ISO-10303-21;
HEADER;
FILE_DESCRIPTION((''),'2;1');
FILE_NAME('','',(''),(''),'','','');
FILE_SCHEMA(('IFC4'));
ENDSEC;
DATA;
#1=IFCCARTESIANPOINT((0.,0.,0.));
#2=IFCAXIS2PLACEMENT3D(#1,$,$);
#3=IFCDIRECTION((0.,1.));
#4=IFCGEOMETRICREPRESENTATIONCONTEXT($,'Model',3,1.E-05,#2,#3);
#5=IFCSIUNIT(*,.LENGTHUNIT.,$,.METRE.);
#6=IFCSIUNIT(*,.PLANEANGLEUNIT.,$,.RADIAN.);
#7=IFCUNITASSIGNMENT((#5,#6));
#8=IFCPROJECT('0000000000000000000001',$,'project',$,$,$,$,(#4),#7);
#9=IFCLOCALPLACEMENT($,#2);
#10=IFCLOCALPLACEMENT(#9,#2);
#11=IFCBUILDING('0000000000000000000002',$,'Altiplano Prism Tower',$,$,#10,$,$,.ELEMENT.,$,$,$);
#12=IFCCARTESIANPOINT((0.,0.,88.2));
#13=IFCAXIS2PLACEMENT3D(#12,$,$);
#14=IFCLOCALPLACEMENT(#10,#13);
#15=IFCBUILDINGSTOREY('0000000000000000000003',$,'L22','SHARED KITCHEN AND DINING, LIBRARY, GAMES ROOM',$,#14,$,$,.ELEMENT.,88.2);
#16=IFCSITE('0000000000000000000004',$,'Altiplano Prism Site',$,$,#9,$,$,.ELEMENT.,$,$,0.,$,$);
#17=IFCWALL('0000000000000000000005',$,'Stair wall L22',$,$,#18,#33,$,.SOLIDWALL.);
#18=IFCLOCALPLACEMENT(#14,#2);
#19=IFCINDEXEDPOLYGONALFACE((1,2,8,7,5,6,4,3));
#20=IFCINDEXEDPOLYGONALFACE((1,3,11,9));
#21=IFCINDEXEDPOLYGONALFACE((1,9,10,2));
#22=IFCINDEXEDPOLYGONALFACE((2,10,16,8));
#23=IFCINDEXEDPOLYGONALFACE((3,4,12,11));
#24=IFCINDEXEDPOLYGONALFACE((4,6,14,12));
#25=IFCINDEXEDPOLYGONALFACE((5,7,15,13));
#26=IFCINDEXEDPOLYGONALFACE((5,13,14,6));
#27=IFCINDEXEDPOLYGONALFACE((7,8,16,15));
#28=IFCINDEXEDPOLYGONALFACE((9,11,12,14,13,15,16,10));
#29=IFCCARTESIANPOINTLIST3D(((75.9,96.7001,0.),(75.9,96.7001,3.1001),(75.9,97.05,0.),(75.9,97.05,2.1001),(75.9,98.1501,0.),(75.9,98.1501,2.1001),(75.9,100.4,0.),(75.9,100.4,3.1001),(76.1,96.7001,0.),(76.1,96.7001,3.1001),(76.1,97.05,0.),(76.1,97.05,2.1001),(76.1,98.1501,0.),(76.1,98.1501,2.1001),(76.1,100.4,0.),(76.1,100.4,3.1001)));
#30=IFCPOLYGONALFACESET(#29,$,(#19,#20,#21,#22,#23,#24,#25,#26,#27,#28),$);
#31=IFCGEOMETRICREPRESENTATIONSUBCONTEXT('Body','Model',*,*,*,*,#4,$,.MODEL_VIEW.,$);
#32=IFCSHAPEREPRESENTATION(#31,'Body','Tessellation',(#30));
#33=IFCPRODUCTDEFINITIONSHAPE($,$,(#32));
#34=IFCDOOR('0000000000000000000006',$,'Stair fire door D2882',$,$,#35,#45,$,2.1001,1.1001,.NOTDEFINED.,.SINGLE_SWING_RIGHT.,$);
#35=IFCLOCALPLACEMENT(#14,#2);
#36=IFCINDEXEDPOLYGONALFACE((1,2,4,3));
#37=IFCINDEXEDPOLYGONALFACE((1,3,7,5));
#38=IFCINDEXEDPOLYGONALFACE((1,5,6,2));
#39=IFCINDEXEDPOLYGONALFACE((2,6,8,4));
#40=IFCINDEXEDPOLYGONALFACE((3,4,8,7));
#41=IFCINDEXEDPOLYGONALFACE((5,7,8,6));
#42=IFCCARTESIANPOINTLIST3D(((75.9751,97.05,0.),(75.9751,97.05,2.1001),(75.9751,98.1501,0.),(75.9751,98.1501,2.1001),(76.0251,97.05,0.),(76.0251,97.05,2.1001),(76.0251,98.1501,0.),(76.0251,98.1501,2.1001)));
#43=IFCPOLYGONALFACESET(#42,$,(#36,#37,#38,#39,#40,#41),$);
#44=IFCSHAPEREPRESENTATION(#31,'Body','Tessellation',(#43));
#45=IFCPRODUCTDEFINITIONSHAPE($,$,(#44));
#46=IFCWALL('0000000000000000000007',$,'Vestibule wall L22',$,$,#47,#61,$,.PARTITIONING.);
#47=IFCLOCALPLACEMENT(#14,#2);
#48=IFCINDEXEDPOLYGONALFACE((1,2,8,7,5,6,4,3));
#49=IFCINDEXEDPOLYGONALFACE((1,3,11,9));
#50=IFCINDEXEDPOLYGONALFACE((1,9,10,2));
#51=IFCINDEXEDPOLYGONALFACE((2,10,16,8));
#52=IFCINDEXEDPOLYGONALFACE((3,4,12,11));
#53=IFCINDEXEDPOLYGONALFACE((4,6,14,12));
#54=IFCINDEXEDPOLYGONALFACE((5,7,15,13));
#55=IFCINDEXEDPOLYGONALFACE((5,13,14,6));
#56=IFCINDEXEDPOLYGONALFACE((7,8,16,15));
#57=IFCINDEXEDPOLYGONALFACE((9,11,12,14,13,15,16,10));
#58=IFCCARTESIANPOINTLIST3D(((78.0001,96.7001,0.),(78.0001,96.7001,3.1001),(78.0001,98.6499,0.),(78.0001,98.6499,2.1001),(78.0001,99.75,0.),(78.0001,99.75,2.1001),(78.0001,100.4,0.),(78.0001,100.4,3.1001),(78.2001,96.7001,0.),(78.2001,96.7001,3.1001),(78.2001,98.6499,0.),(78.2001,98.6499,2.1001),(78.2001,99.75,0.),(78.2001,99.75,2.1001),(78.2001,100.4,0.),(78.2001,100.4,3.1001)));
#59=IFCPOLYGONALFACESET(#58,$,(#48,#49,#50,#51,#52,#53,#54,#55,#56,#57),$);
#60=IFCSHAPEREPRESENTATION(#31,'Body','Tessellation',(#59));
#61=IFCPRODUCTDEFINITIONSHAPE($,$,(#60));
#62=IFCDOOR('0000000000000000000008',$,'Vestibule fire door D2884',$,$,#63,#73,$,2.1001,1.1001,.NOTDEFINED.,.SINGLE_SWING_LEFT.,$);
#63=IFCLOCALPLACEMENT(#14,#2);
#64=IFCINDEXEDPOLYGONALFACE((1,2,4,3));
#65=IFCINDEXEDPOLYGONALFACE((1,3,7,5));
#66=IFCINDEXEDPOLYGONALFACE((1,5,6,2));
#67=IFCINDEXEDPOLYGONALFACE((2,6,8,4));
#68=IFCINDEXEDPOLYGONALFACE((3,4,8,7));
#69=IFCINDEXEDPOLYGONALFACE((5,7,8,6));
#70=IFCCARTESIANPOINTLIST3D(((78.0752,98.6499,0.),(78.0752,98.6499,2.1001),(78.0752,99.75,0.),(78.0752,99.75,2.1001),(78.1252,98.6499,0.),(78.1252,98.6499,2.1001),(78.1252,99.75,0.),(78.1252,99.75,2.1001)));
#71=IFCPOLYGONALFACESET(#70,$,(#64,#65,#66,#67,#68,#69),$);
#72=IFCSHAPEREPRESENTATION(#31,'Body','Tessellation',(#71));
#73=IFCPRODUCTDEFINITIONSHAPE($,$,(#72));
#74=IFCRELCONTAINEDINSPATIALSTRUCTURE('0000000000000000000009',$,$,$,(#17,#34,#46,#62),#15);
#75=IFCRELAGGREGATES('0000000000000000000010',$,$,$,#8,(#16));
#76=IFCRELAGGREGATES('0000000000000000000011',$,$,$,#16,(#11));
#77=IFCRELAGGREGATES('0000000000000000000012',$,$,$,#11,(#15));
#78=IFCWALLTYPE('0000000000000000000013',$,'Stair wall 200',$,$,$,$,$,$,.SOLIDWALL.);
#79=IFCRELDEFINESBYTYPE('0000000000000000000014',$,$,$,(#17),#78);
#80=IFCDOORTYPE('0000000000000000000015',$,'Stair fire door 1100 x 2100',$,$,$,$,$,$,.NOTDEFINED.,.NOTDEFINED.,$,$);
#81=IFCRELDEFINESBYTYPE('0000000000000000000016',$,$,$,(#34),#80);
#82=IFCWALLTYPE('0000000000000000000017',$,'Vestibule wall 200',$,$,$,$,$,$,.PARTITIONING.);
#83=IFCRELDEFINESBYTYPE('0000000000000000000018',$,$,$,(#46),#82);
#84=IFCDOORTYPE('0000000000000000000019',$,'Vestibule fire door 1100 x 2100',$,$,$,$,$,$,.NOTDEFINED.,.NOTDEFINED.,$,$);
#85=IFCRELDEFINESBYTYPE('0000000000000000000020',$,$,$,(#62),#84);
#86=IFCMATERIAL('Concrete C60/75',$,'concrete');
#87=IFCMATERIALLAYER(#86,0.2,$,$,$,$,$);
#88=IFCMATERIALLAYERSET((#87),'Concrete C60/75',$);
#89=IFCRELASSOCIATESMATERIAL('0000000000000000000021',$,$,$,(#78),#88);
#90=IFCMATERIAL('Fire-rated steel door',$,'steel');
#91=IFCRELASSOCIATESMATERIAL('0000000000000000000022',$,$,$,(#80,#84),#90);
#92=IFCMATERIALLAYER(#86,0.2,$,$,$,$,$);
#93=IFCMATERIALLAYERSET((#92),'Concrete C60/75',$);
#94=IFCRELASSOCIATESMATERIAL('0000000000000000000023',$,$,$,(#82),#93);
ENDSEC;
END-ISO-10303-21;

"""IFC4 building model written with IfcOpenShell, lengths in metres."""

from ifc_helpers import new_model, si_unit, direction, frame, frame_2d, origin, place, context, subcontext, project, spatial, rectangle, extrude, material, layer, layer_set, type_object, element, fill, save


model = new_model("IFC4")

# Units and contexts
model_context = context("Model", 3, precision=1e-05, world=origin(), true_north=direction((0.0, 1.0)))
body_context = subcontext(model_context, "Body", "Model", "MODEL_VIEW")
ifc_project = project(units=[si_unit("LENGTHUNIT", "METRE"), si_unit("PLANEANGLEUNIT", "RADIAN")], contexts=[model_context])

# Site, building, storey
site_placement = place(None, origin())
site = spatial("IfcSite", under=ifc_project, at=site_placement, Name="Altiplano Prism Site", CompositionType="ELEMENT", RefElevation=0.0)
building_placement = place(site_placement, origin())
building = spatial("IfcBuilding", under=site, at=building_placement, Name="Altiplano Prism Tower", CompositionType="ELEMENT")
storey_placement = place(building_placement, frame((0.0, 0.0, 88.2)))
storey = spatial("IfcBuildingStorey", under=building, at=storey_placement, Name="L22", Description="SHARED KITCHEN AND DINING, LIBRARY, GAMES ROOM", CompositionType="ELEMENT", Elevation=88.2)

# Shared definitions
ifc_material_1 = material(Name="Concrete C60/75", Category="concrete")

# Shared definitions
ifc_material_2 = material(Name="Fire-rated steel door", Category="steel")

# Shared definitions
ifc_layer_1 = layer(ifc_material_1, 0.2)
ifc_layer_set_1 = layer_set([ifc_layer_1], Name="Concrete C60/75")
wall_type_1 = type_object("IfcWallType", Name="Stair wall 200", PredefinedType="SOLIDWALL", material=ifc_layer_set_1)

# Walls, openings, doors
wall_1_placement = place(storey_placement, frame((76.0, 96.7, 0.0), z_axis=(0.0, 0.0, 1.0), x_axis=(0.0, 1.0, 0.0)))
wall_1 = element("IfcWall", 1, at=wall_1_placement, inside=storey, type_object=wall_type_1, Name="Stair wall L22", PredefinedType="SOLIDWALL", context=body_context, shape_type="SweptSolid", body=[
    extrude(rectangle(XDim=3.7, YDim=0.2, at=frame_2d((1.8501, 0.0))), origin(), (0.0, 0.0, 1.0), 3.1001),
])
opening_1_placement = place(wall_1_placement, frame((0.3501, 0.0, 0.0)))
opening_1 = element("IfcOpeningElement", 2, at=opening_1_placement, cuts=wall_1, PredefinedType="OPENING", context=body_context, shape_type="SweptSolid", body=[
    extrude(rectangle(XDim=1.1001, YDim=2.1001, at=frame_2d((0.55, 1.05))), frame((0.0, 0.1104, 0.0), z_axis=(0.0, -1.0, 0.0), x_axis=(1.0, 0.0, 0.0)), (0.0, 0.0, 1.0), 0.2209),
])
door_type_1 = type_object("IfcDoorType", Name="Stair fire door 1100 x 2100", OperationType="NOTDEFINED", PredefinedType="NOTDEFINED", material=ifc_material_2)
door_1_placement = place(opening_1_placement, origin())
door_1 = element("IfcDoor", 3, at=door_1_placement, inside=storey, type_object=door_type_1, Name="Stair fire door D2882", OperationType="SINGLE_SWING_RIGHT", OverallHeight=2.1001, OverallWidth=1.1001, PredefinedType="NOTDEFINED", context=body_context, shape_type="SweptSolid", body=[
    extrude(rectangle(XDim=1.1001, YDim=2.1001, at=frame_2d((0.55, 1.05))), frame((0.0, 0.0249, 0.0), z_axis=(0.0, -1.0, 0.0), x_axis=(1.0, 0.0, 0.0)), (0.0, 0.0, 1.0), 0.05),
])
fill(opening_1, door_1)
ifc_layer_2 = layer(ifc_material_1, 0.2)
ifc_layer_set_2 = layer_set([ifc_layer_2], Name="Concrete C60/75")
wall_type_2 = type_object("IfcWallType", Name="Vestibule wall 200", PredefinedType="PARTITIONING", material=ifc_layer_set_2)
wall_2_placement = place(storey_placement, frame((78.1001, 96.7, 0.0), z_axis=(0.0, 0.0, 1.0), x_axis=(0.0, 1.0, 0.0)))
wall_2 = element("IfcWall", 4, at=wall_2_placement, inside=storey, type_object=wall_type_2, Name="Vestibule wall L22", PredefinedType="PARTITIONING", context=body_context, shape_type="SweptSolid", body=[
    extrude(rectangle(XDim=3.7, YDim=0.2, at=frame_2d((1.8501, 0.0))), origin(), (0.0, 0.0, 1.0), 3.1001),
])
opening_2_placement = place(wall_2_placement, frame((1.95, 0.0, 0.0)))
opening_2 = element("IfcOpeningElement", 5, at=opening_2_placement, cuts=wall_2, PredefinedType="OPENING", context=body_context, shape_type="SweptSolid", body=[
    extrude(rectangle(XDim=1.1001, YDim=2.1001, at=frame_2d((0.55, 1.05))), frame((0.0, 0.1104, 0.0), z_axis=(0.0, -1.0, 0.0), x_axis=(1.0, 0.0, 0.0)), (0.0, 0.0, 1.0), 0.2209),
])
door_type_2 = type_object("IfcDoorType", Name="Vestibule fire door 1100 x 2100", OperationType="NOTDEFINED", PredefinedType="NOTDEFINED", material=ifc_material_2)
door_2_placement = place(opening_2_placement, origin())
door_2 = element("IfcDoor", 6, at=door_2_placement, inside=storey, type_object=door_type_2, Name="Vestibule fire door D2884", OperationType="SINGLE_SWING_LEFT", OverallHeight=2.1001, OverallWidth=1.1001, PredefinedType="NOTDEFINED", context=body_context, shape_type="SweptSolid", body=[
    extrude(rectangle(XDim=1.1001, YDim=2.1001, at=frame_2d((0.55, 1.05))), frame((0.0, 0.0249, 0.0), z_axis=(0.0, -1.0, 0.0), x_axis=(1.0, 0.0, 0.0)), (0.0, 0.0, 1.0), 0.05),
])
fill(opening_2, door_2)

save(model, "model.ifc")
